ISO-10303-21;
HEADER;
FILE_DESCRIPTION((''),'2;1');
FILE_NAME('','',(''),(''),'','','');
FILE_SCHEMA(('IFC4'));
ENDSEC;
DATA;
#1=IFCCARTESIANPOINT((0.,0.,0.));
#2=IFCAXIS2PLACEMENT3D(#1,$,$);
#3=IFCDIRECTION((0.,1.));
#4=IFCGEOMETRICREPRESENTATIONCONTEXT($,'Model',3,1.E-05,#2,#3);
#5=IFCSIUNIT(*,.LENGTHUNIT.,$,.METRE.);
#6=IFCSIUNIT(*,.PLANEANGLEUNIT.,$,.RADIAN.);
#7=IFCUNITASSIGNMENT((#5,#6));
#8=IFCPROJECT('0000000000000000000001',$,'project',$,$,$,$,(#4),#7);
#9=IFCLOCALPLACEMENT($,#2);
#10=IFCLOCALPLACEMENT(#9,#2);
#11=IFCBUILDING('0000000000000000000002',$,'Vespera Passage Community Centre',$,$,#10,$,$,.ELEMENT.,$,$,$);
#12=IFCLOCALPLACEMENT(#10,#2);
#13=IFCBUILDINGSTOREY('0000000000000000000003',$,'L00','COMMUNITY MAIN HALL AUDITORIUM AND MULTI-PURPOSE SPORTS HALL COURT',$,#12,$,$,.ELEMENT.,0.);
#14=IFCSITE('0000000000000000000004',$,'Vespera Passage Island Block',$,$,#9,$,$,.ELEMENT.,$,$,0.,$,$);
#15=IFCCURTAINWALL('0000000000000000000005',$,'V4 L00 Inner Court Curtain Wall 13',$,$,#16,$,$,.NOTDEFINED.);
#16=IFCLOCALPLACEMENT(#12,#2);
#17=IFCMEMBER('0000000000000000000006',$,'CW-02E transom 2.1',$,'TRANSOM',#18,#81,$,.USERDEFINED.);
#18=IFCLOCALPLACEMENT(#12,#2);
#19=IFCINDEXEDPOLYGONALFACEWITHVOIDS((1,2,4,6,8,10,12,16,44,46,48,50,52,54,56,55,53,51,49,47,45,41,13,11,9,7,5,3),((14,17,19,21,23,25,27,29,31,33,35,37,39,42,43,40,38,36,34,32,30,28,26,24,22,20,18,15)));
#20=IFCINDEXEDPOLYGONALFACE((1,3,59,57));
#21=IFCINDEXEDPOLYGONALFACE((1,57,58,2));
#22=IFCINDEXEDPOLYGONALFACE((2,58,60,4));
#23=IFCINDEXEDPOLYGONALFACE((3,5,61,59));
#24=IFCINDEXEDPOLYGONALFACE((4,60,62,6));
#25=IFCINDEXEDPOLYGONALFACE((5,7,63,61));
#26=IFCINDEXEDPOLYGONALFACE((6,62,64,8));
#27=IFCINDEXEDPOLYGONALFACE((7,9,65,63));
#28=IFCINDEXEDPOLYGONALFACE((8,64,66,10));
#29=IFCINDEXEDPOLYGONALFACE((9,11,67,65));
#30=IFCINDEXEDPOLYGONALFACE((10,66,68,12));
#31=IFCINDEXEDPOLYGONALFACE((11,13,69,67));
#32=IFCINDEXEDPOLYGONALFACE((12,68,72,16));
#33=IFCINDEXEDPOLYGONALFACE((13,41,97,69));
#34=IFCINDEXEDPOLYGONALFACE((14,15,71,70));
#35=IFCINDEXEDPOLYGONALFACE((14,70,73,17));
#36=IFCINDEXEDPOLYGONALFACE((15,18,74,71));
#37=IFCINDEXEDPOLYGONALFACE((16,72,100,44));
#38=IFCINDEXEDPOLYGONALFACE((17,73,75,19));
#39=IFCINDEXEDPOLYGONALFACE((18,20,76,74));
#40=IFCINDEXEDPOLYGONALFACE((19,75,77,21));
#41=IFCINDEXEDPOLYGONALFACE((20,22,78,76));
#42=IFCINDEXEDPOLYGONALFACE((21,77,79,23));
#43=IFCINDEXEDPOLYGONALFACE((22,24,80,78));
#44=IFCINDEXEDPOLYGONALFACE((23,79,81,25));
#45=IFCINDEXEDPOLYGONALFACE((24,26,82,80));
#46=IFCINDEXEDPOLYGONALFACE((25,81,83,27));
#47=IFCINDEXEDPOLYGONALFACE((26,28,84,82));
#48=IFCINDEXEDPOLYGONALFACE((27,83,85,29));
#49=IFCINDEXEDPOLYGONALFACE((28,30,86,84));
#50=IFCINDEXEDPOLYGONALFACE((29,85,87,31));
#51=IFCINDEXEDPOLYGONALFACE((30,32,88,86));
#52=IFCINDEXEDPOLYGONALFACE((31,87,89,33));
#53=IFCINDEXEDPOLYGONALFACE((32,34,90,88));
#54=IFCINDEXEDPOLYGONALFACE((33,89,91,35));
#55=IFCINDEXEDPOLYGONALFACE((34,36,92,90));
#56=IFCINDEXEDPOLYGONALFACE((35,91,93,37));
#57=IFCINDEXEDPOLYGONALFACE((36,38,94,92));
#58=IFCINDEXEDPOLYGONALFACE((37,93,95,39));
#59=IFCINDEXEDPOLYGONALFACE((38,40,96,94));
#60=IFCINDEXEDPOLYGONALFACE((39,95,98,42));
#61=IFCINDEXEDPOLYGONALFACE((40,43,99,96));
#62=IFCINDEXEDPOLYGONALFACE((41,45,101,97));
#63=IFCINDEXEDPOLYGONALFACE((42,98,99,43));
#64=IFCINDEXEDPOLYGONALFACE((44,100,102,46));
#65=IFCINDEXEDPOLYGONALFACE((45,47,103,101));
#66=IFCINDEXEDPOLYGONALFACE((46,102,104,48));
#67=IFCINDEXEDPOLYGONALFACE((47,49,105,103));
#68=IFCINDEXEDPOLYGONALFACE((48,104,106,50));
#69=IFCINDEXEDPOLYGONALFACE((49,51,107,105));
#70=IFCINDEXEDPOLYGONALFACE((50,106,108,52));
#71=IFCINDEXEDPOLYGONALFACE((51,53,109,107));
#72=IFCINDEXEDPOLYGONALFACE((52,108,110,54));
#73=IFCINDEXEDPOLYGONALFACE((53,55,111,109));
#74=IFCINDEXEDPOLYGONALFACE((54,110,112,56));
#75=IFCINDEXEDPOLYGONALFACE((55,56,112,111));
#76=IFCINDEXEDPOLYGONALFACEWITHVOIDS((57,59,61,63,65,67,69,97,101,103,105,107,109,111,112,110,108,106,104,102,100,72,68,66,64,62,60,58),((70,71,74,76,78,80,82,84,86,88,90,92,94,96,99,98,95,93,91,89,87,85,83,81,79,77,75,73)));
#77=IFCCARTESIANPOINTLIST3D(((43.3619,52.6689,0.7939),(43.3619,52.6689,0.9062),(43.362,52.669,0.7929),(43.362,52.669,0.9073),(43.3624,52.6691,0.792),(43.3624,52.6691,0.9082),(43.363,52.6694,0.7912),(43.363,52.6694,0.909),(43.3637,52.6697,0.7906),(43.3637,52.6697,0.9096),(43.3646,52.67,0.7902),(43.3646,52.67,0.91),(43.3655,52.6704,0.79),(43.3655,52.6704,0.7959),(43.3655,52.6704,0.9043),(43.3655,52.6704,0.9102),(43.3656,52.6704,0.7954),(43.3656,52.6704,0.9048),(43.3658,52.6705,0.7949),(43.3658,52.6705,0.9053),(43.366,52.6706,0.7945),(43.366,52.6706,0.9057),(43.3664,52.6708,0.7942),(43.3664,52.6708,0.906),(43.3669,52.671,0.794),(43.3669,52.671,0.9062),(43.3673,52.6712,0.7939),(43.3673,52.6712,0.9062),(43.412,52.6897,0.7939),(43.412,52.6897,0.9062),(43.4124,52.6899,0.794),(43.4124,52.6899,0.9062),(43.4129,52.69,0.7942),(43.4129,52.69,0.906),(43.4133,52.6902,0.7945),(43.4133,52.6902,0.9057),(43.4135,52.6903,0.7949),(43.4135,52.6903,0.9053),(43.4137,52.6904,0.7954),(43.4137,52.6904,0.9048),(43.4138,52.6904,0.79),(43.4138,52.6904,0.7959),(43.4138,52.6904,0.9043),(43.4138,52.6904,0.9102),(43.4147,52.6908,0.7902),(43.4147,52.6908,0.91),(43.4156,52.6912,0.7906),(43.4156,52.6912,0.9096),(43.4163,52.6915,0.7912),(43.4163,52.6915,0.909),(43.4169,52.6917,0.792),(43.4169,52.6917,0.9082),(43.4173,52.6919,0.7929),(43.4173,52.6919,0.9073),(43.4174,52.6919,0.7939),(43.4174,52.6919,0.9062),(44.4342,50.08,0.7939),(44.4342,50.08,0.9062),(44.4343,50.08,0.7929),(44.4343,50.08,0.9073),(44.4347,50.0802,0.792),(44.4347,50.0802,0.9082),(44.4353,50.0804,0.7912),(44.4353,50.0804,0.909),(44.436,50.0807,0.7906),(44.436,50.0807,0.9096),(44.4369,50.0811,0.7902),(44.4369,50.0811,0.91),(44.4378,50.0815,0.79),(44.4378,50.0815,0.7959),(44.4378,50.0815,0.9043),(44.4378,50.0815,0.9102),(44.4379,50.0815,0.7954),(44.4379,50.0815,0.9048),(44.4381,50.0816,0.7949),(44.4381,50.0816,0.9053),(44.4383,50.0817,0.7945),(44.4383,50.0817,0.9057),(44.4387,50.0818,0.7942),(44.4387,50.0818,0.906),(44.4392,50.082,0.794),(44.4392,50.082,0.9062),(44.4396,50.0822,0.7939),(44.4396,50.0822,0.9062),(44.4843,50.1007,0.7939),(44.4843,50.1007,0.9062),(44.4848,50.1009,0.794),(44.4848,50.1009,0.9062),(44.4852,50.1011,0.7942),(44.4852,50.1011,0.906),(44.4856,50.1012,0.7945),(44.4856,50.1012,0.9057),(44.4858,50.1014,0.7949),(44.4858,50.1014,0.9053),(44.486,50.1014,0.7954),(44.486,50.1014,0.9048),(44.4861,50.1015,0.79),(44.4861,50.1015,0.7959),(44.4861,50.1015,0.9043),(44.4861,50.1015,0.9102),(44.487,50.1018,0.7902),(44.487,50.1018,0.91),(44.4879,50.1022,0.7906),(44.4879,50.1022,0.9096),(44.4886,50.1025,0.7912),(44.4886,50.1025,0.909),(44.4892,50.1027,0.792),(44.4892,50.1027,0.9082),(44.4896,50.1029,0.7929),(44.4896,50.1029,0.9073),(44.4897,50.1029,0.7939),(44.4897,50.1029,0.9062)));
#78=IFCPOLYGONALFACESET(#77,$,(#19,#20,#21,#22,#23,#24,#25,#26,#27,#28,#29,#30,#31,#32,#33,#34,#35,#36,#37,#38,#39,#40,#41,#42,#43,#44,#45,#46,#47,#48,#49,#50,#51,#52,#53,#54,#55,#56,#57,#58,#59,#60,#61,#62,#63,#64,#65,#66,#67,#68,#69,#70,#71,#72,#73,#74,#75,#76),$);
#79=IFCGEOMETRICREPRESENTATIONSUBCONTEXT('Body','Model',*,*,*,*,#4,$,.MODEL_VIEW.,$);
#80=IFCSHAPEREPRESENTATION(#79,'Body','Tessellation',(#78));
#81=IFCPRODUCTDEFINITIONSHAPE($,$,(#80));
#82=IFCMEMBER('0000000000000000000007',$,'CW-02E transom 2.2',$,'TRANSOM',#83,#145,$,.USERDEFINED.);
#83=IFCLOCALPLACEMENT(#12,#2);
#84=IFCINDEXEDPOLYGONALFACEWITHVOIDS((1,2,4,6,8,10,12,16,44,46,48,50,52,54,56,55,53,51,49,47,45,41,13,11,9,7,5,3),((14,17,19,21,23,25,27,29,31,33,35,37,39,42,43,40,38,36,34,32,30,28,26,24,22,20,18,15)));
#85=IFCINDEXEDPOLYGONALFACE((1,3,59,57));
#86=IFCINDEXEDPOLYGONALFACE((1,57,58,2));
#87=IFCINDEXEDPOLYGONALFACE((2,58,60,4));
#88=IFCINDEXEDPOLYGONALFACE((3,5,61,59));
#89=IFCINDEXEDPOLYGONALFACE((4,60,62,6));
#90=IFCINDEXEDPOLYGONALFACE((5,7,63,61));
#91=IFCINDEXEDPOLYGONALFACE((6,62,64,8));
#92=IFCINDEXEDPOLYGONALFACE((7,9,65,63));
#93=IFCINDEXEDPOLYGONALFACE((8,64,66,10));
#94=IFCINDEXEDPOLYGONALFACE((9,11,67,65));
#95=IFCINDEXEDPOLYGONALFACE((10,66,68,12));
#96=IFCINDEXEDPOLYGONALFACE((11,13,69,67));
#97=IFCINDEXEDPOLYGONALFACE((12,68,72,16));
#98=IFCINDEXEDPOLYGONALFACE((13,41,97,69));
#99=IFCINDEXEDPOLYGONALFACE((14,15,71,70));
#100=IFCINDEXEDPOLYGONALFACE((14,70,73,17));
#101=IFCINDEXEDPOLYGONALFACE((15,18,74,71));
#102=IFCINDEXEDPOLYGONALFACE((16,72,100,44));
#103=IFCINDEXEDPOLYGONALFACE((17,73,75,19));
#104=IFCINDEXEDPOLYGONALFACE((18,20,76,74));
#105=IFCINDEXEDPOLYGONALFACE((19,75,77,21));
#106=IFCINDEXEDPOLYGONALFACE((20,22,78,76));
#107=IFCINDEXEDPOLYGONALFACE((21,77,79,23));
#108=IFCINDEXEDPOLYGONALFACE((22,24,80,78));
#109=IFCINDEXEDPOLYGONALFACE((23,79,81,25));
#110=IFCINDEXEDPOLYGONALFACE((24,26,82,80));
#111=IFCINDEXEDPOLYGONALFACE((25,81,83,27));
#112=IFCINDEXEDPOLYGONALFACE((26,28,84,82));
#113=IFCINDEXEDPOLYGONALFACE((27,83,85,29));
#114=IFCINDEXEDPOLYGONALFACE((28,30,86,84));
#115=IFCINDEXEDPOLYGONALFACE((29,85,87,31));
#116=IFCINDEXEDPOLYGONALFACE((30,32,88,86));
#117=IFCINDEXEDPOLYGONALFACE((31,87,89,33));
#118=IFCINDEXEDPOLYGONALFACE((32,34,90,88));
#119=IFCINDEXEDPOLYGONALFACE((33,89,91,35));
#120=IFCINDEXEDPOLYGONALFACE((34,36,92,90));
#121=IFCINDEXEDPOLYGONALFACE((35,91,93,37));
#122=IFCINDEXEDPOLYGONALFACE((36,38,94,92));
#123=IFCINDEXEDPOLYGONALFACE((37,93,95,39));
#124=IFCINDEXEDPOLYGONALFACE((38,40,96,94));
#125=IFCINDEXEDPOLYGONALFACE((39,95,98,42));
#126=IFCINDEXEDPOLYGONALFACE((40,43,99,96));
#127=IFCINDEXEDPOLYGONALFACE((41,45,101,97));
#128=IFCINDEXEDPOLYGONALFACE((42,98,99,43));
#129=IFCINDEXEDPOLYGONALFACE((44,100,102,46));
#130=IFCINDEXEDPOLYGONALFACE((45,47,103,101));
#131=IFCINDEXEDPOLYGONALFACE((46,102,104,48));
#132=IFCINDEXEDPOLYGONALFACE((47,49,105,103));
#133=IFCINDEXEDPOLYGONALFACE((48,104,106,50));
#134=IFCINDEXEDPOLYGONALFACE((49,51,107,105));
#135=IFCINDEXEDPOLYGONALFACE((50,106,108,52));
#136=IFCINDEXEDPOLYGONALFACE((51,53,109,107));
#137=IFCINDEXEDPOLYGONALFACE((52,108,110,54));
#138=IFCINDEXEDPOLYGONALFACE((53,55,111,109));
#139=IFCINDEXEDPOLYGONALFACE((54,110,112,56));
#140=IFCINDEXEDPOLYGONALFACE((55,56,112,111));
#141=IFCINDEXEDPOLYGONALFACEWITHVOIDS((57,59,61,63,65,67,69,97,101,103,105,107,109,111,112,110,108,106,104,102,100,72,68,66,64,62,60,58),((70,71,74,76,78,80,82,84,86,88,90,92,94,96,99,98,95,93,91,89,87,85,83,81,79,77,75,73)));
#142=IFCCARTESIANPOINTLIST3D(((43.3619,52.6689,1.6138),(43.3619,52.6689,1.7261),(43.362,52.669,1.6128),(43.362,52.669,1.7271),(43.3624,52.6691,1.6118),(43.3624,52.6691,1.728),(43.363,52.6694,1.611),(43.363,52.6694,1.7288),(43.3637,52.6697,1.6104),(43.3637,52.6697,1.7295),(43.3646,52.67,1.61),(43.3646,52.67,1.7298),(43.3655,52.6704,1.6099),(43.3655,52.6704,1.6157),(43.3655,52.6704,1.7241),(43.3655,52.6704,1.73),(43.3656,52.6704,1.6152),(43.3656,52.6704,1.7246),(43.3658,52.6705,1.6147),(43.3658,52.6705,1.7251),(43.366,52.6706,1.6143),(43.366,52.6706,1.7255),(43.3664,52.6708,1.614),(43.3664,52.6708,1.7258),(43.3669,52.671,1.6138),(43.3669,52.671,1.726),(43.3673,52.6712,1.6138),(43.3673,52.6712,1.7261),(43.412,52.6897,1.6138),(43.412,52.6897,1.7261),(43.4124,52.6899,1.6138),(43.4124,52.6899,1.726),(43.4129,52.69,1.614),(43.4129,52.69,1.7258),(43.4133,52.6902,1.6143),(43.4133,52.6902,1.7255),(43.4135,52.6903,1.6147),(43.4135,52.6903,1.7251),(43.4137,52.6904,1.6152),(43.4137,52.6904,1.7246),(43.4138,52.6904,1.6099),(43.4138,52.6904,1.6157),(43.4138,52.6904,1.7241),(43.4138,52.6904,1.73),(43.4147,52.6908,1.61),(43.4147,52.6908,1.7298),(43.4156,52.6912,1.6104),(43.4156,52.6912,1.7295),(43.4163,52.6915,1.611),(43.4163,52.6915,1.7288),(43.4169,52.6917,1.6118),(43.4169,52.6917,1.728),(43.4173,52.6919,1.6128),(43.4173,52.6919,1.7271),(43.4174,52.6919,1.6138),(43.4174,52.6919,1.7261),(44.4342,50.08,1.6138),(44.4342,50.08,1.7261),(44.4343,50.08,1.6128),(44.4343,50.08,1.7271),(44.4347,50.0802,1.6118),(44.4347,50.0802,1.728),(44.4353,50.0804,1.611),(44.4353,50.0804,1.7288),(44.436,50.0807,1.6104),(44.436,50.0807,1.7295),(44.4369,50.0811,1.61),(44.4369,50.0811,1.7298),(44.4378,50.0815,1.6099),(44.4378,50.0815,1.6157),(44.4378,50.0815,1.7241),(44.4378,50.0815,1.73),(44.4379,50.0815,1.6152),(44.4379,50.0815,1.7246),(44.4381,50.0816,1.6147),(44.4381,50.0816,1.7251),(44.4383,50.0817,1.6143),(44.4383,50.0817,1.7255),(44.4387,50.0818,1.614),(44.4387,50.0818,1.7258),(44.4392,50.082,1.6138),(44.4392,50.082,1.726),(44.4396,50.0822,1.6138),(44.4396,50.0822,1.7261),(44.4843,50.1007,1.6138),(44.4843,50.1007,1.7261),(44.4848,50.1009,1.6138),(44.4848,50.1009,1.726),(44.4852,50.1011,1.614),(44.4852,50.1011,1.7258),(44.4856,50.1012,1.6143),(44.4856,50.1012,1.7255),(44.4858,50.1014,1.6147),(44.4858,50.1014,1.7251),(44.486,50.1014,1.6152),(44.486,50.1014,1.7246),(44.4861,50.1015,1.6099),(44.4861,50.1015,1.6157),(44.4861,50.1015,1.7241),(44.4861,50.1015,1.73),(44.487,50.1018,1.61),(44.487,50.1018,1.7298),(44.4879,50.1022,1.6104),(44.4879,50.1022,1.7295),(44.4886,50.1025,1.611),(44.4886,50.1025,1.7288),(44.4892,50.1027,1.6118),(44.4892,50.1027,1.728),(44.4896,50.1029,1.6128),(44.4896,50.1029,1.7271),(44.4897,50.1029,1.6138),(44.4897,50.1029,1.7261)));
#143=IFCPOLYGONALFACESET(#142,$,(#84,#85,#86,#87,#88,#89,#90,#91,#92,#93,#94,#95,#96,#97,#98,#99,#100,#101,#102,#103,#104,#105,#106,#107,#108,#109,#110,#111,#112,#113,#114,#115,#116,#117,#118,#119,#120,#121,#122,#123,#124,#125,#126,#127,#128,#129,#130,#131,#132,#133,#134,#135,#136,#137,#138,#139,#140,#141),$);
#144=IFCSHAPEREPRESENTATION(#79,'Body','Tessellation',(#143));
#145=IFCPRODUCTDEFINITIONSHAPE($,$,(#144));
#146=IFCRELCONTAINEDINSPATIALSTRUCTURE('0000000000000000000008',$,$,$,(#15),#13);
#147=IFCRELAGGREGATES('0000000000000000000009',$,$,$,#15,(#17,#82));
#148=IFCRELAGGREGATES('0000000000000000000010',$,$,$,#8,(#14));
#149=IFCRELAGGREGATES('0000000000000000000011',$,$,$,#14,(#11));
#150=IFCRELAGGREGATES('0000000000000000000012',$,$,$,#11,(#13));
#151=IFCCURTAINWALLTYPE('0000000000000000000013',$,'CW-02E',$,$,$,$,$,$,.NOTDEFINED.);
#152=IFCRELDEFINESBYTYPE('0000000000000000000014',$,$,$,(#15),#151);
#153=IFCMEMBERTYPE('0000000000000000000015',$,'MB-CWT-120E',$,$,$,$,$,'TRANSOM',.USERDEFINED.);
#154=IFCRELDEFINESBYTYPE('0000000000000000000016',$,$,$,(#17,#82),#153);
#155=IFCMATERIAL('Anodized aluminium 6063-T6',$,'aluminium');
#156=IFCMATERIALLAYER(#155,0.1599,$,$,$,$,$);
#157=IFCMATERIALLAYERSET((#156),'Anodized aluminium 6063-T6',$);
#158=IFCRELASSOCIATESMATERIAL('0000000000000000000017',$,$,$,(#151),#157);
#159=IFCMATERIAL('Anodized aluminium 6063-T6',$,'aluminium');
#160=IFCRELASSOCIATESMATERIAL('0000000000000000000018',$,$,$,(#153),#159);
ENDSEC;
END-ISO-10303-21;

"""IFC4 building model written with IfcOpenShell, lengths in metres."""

from ifc_helpers import new_model, si_unit, direction, frame, origin, origin_2d, place, context, subcontext, project, spatial, hollow_rectangle, extrude, material, layer, layer_set, material_profile, profile_set, type_object, element, aggregate, save


model = new_model("IFC4")

# Units and contexts
model_context = context("Model", 3, precision=1e-05, world=origin(), true_north=direction((0.0, 1.0)))
body_context = subcontext(model_context, "Body", "Model", "MODEL_VIEW")
ifc_project = project(units=[si_unit("LENGTHUNIT", "METRE"), si_unit("PLANEANGLEUNIT", "RADIAN")], contexts=[model_context])

# Site, building, storey
site_placement = place(None, origin())
site = spatial("IfcSite", under=ifc_project, at=site_placement, Name="Vespera Passage Island Block", CompositionType="ELEMENT", RefElevation=0.0)
building_placement = place(site_placement, origin())
building = spatial("IfcBuilding", under=site, at=building_placement, Name="Vespera Passage Community Centre", CompositionType="ELEMENT")
storey_placement = place(building_placement, origin())
storey = spatial("IfcBuildingStorey", under=building, at=storey_placement, Name="L00", Description="COMMUNITY MAIN HALL AUDITORIUM AND MULTI-PURPOSE SPORTS HALL COURT", CompositionType="ELEMENT", Elevation=0.0)

# Curtain wall
ifc_material_1 = material(Name="Anodized aluminium 6063-T6", Category="aluminium")
ifc_layer_1 = layer(ifc_material_1, 0.1599)
ifc_layer_set_1 = layer_set([ifc_layer_1], Name="Anodized aluminium 6063-T6")
curtain_wall_type_1 = type_object("IfcCurtainWallType", Name="CW-02E", PredefinedType="NOTDEFINED", material=ifc_layer_set_1)
curtain_wall_1_placement = place(storey_placement, origin())
curtain_wall_1 = element("IfcCurtainWall", 1, at=curtain_wall_1_placement, inside=storey, type_object=curtain_wall_type_1, Name="V4 L00 Inner Court Curtain Wall 13", PredefinedType="NOTDEFINED")

# Members
ifc_material_2 = material(Name="Anodized aluminium 6063-T6", Category="aluminium")
ifc_material_profile_1 = material_profile(ifc_material_2, hollow_rectangle(XDim=0.0601, YDim=0.1201, WallThickness=0.0039, InnerFilletRadius=0.002, OuterFilletRadius=0.0039, at=origin_2d()), Name="ALU120X60X4")
ifc_profile_set_1 = profile_set([ifc_material_profile_1], Name="Anodized aluminium 6063-T6")
member_type_1 = type_object("IfcMemberType", Name="MB-CWT-120E", ElementType="TRANSOM", PredefinedType="USERDEFINED", material=ifc_profile_set_1)
member_1_placement = place(storey_placement, frame((43.3896, 52.6804, 0.8501), z_axis=(0.38266, -0.923889, 0.0), x_axis=(0.923889, 0.38266, 0.0)))
member_1 = element("IfcMember", 2, at=member_1_placement, type_object=member_type_1, Name="CW-02E transom 2.1", ObjectType="TRANSOM", PredefinedType="USERDEFINED", context=body_context, shape_type="SweptSolid", body=[
    extrude(hollow_rectangle(XDim=0.0601, YDim=0.1201, WallThickness=0.0039, InnerFilletRadius=0.002, OuterFilletRadius=0.0039, at=origin_2d()), origin(), (0.0, 0.0, 1.0), 2.8022),
])
member_2_placement = place(storey_placement, frame((43.3896, 52.6804, 1.6699), z_axis=(0.38266, -0.923889, 0.0), x_axis=(0.923889, 0.38266, 0.0)))
member_2 = element("IfcMember", 3, at=member_2_placement, type_object=member_type_1, Name="CW-02E transom 2.2", ObjectType="TRANSOM", PredefinedType="USERDEFINED", context=body_context, shape_type="SweptSolid", body=[
    extrude(hollow_rectangle(XDim=0.0601, YDim=0.1201, WallThickness=0.0039, InnerFilletRadius=0.002, OuterFilletRadius=0.0039, at=origin_2d()), origin(), (0.0, 0.0, 1.0), 2.8022),
])

aggregate(curtain_wall_1, [member_1, member_2])

save(model, "model.ifc")
